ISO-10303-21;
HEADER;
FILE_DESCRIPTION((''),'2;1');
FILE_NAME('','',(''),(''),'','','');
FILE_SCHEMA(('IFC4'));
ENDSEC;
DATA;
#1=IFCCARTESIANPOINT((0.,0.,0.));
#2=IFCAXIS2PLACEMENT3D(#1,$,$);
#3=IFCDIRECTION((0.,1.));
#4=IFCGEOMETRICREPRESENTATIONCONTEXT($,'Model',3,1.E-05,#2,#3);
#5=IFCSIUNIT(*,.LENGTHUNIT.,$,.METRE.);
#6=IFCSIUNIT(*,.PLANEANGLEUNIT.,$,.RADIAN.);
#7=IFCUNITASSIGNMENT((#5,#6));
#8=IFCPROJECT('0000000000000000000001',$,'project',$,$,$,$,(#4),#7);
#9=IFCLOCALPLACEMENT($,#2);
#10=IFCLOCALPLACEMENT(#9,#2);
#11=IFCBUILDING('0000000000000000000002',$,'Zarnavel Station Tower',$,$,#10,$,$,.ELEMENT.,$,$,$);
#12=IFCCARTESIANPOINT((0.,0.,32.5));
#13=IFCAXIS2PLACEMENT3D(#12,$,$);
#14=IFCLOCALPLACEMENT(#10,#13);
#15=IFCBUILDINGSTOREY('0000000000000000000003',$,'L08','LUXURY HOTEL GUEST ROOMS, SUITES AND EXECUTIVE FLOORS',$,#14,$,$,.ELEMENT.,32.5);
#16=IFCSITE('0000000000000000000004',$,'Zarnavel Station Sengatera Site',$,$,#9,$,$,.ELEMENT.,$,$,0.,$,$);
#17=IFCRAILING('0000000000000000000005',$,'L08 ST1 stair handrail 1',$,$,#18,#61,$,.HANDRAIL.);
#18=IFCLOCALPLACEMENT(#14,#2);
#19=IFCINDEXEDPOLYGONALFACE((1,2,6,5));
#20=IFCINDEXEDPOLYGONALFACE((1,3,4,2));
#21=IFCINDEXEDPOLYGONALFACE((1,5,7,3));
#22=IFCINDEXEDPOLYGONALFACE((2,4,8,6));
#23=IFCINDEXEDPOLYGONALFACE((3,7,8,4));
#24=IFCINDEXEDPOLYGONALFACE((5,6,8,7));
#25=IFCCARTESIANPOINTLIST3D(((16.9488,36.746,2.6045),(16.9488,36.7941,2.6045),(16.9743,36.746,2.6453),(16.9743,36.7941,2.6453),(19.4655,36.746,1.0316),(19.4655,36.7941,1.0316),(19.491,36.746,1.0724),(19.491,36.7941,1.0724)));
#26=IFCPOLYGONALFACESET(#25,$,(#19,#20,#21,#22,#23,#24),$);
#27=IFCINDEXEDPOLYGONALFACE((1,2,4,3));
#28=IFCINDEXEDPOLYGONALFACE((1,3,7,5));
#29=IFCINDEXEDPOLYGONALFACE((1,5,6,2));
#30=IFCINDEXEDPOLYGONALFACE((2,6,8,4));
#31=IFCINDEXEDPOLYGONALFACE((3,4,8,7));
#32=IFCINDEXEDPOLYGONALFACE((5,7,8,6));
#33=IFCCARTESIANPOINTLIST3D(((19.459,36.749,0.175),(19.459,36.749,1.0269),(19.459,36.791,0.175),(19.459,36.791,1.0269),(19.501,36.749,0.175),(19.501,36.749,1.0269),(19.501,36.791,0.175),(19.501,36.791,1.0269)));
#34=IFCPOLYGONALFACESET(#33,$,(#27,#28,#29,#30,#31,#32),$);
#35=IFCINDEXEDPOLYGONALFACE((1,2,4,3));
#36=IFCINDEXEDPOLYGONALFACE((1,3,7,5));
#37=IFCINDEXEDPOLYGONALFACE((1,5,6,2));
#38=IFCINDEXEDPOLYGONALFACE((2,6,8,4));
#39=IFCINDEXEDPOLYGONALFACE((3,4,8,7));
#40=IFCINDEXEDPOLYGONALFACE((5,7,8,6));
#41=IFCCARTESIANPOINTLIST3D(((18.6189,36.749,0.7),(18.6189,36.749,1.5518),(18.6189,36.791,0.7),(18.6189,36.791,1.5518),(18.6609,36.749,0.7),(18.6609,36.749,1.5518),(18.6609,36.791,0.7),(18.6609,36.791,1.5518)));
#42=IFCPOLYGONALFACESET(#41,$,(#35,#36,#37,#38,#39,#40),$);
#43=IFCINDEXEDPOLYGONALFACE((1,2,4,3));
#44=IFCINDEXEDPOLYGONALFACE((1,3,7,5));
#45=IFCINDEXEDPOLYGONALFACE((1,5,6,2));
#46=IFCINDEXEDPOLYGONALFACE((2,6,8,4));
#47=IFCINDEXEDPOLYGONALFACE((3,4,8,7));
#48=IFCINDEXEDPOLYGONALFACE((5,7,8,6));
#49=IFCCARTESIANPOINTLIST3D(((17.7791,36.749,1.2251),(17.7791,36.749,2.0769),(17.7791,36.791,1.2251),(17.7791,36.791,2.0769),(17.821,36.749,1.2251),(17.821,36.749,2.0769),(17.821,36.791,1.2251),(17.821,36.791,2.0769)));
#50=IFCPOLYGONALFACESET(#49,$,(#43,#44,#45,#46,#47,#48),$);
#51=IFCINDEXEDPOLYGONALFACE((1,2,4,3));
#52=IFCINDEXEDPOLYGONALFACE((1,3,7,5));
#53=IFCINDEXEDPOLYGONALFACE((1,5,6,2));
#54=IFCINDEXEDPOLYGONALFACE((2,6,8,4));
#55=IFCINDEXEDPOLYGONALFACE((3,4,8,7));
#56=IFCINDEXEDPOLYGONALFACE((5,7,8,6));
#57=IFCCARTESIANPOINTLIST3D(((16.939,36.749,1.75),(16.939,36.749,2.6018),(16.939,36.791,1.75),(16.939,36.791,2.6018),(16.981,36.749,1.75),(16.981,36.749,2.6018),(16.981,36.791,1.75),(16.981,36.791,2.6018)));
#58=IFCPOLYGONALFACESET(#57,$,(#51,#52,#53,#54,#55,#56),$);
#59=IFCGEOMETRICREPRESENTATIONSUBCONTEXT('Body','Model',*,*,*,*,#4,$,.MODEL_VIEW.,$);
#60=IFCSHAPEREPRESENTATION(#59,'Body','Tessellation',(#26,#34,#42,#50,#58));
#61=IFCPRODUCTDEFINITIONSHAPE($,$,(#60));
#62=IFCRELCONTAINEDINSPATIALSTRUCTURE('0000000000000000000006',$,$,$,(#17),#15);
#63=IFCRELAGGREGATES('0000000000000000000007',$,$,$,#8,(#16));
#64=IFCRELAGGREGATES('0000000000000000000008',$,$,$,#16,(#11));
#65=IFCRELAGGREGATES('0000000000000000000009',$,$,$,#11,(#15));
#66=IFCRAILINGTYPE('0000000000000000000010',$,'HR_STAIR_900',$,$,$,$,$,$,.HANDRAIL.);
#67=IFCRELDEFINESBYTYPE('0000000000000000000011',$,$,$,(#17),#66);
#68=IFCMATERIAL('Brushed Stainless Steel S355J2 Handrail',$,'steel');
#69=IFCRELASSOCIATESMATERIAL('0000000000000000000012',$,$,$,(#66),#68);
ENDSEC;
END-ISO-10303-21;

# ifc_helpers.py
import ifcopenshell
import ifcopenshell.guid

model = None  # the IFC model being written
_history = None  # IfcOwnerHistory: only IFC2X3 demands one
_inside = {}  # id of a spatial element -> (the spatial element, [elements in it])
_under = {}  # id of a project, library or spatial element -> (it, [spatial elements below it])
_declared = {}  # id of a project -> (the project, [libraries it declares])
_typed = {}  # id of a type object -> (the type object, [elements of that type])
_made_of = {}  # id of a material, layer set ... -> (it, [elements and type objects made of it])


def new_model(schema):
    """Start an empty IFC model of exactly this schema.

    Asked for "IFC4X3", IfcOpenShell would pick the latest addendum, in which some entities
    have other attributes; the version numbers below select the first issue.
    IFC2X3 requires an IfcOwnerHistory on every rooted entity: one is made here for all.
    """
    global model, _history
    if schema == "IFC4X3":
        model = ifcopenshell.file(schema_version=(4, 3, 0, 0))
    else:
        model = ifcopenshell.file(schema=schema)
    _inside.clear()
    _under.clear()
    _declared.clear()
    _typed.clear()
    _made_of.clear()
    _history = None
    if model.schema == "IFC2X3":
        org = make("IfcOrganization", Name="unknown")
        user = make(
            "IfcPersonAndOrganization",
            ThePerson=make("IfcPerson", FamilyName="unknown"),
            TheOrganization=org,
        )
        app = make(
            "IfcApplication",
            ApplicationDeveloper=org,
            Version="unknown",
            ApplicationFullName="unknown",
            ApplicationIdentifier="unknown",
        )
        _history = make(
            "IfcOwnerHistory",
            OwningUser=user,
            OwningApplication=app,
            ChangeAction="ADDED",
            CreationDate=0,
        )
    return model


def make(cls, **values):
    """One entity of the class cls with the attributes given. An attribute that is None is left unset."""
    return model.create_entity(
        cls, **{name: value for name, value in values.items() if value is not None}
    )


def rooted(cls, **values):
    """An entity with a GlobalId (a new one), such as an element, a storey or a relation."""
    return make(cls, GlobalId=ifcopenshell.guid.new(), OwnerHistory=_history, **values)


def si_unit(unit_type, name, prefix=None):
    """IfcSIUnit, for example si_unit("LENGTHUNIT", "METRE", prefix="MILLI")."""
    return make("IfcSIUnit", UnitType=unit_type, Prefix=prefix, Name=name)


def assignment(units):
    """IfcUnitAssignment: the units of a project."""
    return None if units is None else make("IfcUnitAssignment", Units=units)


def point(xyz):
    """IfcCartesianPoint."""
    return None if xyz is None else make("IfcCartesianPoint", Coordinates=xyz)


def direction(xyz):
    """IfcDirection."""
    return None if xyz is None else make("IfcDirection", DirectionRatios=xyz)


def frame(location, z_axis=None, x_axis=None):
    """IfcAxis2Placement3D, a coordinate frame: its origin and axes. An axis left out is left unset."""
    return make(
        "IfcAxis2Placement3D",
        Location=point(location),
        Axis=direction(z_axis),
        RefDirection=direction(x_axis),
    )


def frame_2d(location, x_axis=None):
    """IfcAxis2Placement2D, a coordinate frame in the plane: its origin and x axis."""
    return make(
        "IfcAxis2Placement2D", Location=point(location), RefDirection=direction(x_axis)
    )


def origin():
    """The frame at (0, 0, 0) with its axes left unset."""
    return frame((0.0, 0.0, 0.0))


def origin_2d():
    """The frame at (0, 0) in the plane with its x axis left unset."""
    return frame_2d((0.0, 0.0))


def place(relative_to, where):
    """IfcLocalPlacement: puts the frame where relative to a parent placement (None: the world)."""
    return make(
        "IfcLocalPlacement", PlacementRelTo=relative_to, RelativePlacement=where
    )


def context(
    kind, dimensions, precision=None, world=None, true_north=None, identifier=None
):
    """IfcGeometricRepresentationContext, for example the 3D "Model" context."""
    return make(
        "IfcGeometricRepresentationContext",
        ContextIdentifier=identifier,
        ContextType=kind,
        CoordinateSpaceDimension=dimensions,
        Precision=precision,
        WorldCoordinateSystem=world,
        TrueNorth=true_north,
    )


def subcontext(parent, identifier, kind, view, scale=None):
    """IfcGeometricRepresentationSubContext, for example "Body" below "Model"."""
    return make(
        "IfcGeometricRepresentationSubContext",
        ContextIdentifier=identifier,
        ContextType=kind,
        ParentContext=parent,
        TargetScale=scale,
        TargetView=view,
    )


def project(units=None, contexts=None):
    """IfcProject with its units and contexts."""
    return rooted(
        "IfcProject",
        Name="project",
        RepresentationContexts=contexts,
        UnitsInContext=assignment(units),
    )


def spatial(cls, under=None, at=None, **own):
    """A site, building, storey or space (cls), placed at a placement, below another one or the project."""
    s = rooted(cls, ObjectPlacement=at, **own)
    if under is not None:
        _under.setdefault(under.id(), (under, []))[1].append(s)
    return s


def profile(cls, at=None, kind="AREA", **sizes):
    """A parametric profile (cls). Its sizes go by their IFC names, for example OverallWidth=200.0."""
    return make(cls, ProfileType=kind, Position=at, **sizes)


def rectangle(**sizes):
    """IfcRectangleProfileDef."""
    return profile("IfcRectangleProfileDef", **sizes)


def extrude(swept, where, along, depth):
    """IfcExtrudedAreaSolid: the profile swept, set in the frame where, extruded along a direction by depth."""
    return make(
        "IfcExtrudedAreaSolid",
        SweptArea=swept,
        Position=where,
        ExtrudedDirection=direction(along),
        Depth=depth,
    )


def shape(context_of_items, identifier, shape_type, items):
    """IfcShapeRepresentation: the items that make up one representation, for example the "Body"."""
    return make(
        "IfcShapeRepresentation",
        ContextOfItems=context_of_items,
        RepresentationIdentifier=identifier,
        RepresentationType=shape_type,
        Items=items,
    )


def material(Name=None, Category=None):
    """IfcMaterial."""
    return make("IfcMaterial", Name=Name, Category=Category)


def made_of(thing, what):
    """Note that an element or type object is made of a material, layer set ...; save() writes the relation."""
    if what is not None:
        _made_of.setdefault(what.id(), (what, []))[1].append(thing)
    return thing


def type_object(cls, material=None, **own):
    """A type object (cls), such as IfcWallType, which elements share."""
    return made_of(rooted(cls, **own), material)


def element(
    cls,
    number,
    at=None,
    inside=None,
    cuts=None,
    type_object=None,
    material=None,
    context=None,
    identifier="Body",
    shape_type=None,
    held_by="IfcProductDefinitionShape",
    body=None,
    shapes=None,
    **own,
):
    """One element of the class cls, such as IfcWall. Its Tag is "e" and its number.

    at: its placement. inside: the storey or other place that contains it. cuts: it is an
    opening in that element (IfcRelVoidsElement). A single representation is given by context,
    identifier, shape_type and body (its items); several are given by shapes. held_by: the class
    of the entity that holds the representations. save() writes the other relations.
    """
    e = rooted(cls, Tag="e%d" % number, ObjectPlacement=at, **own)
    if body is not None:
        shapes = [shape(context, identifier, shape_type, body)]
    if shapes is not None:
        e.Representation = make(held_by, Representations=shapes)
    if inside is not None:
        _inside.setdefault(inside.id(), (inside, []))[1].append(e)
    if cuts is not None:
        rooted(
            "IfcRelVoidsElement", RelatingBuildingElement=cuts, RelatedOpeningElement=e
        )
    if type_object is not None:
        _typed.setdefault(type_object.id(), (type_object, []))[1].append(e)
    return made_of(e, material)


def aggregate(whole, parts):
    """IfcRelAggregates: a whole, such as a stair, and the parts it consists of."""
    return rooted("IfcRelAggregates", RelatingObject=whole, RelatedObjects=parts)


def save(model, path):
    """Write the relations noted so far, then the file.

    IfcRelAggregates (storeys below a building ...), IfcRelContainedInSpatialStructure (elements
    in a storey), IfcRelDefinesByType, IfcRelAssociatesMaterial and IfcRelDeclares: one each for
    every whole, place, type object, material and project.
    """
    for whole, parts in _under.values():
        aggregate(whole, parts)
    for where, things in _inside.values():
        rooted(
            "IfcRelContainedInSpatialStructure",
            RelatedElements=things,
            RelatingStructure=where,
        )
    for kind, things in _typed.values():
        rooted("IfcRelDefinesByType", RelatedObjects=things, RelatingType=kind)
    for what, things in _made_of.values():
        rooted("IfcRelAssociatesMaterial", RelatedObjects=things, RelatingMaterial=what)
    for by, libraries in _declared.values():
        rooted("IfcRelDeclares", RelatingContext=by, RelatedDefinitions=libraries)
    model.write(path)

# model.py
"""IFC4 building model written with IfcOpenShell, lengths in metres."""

from ifc_helpers import new_model, si_unit, direction, frame, origin, origin_2d, place, context, subcontext, project, spatial, rectangle, extrude, material, type_object, element, save


model = new_model("IFC4")

# Units and contexts
model_context = context("Model", 3, precision=1e-05, world=origin(), true_north=direction((0.0, 1.0)))
body_context = subcontext(model_context, "Body", "Model", "MODEL_VIEW")
ifc_project = project(units=[si_unit("LENGTHUNIT", "METRE"), si_unit("PLANEANGLEUNIT", "RADIAN")], contexts=[model_context])

# Site, building, storey
site_placement = place(None, origin())
site = spatial("IfcSite", under=ifc_project, at=site_placement, Name="Zarnavel Station Sengatera Site", CompositionType="ELEMENT", RefElevation=0.0)
building_placement = place(site_placement, origin())
building = spatial("IfcBuilding", under=site, at=building_placement, Name="Zarnavel Station Tower", CompositionType="ELEMENT")
storey_placement = place(building_placement, frame((0.0, 0.0, 32.5)))
storey = spatial("IfcBuildingStorey", under=building, at=storey_placement, Name="L08", Description="LUXURY HOTEL GUEST ROOMS, SUITES AND EXECUTIVE FLOORS", CompositionType="ELEMENT", Elevation=32.5)

# Railing
ifc_material_1 = material(Name="Brushed Stainless Steel S355J2 Handrail", Category="steel")
railing_type_1 = type_object("IfcRailingType", Name="HR_STAIR_900", PredefinedType="HANDRAIL", material=ifc_material_1)
railing_1_placement = place(storey_placement, frame((19.48, 36.77, 0.175)))
element("IfcRailing", 1, at=railing_1_placement, inside=storey, type_object=railing_type_1, Name="L08 ST1 stair handrail 1", PredefinedType="HANDRAIL", context=body_context, shape_type="SweptSolid", body=[
    extrude(rectangle(XDim=0.0481, YDim=0.0481, at=origin_2d()), frame((-0.0017, 0.0, 0.877), z_axis=(-0.848008, 0.0, 0.529984), x_axis=(0.0, -1.0, 0.0)), (0.0, 0.0, 1.0), 2.9678),
    extrude(rectangle(XDim=0.042, YDim=0.042, at=origin_2d()), origin(), (0.0, 0.0, 1.0), 0.8518),
    extrude(rectangle(XDim=0.042, YDim=0.042, at=origin_2d()), frame((-0.8401, 0.0, 0.5249)), (0.0, 0.0, 1.0), 0.8518),
    extrude(rectangle(XDim=0.042, YDim=0.042, at=origin_2d()), frame((-1.6799, 0.0, 1.05)), (0.0, 0.0, 1.0), 0.8518),
    extrude(rectangle(XDim=0.042, YDim=0.042, at=origin_2d()), frame((-2.52, 0.0, 1.575)), (0.0, 0.0, 1.0), 0.8518),
])

save(model, "model.ifc")
